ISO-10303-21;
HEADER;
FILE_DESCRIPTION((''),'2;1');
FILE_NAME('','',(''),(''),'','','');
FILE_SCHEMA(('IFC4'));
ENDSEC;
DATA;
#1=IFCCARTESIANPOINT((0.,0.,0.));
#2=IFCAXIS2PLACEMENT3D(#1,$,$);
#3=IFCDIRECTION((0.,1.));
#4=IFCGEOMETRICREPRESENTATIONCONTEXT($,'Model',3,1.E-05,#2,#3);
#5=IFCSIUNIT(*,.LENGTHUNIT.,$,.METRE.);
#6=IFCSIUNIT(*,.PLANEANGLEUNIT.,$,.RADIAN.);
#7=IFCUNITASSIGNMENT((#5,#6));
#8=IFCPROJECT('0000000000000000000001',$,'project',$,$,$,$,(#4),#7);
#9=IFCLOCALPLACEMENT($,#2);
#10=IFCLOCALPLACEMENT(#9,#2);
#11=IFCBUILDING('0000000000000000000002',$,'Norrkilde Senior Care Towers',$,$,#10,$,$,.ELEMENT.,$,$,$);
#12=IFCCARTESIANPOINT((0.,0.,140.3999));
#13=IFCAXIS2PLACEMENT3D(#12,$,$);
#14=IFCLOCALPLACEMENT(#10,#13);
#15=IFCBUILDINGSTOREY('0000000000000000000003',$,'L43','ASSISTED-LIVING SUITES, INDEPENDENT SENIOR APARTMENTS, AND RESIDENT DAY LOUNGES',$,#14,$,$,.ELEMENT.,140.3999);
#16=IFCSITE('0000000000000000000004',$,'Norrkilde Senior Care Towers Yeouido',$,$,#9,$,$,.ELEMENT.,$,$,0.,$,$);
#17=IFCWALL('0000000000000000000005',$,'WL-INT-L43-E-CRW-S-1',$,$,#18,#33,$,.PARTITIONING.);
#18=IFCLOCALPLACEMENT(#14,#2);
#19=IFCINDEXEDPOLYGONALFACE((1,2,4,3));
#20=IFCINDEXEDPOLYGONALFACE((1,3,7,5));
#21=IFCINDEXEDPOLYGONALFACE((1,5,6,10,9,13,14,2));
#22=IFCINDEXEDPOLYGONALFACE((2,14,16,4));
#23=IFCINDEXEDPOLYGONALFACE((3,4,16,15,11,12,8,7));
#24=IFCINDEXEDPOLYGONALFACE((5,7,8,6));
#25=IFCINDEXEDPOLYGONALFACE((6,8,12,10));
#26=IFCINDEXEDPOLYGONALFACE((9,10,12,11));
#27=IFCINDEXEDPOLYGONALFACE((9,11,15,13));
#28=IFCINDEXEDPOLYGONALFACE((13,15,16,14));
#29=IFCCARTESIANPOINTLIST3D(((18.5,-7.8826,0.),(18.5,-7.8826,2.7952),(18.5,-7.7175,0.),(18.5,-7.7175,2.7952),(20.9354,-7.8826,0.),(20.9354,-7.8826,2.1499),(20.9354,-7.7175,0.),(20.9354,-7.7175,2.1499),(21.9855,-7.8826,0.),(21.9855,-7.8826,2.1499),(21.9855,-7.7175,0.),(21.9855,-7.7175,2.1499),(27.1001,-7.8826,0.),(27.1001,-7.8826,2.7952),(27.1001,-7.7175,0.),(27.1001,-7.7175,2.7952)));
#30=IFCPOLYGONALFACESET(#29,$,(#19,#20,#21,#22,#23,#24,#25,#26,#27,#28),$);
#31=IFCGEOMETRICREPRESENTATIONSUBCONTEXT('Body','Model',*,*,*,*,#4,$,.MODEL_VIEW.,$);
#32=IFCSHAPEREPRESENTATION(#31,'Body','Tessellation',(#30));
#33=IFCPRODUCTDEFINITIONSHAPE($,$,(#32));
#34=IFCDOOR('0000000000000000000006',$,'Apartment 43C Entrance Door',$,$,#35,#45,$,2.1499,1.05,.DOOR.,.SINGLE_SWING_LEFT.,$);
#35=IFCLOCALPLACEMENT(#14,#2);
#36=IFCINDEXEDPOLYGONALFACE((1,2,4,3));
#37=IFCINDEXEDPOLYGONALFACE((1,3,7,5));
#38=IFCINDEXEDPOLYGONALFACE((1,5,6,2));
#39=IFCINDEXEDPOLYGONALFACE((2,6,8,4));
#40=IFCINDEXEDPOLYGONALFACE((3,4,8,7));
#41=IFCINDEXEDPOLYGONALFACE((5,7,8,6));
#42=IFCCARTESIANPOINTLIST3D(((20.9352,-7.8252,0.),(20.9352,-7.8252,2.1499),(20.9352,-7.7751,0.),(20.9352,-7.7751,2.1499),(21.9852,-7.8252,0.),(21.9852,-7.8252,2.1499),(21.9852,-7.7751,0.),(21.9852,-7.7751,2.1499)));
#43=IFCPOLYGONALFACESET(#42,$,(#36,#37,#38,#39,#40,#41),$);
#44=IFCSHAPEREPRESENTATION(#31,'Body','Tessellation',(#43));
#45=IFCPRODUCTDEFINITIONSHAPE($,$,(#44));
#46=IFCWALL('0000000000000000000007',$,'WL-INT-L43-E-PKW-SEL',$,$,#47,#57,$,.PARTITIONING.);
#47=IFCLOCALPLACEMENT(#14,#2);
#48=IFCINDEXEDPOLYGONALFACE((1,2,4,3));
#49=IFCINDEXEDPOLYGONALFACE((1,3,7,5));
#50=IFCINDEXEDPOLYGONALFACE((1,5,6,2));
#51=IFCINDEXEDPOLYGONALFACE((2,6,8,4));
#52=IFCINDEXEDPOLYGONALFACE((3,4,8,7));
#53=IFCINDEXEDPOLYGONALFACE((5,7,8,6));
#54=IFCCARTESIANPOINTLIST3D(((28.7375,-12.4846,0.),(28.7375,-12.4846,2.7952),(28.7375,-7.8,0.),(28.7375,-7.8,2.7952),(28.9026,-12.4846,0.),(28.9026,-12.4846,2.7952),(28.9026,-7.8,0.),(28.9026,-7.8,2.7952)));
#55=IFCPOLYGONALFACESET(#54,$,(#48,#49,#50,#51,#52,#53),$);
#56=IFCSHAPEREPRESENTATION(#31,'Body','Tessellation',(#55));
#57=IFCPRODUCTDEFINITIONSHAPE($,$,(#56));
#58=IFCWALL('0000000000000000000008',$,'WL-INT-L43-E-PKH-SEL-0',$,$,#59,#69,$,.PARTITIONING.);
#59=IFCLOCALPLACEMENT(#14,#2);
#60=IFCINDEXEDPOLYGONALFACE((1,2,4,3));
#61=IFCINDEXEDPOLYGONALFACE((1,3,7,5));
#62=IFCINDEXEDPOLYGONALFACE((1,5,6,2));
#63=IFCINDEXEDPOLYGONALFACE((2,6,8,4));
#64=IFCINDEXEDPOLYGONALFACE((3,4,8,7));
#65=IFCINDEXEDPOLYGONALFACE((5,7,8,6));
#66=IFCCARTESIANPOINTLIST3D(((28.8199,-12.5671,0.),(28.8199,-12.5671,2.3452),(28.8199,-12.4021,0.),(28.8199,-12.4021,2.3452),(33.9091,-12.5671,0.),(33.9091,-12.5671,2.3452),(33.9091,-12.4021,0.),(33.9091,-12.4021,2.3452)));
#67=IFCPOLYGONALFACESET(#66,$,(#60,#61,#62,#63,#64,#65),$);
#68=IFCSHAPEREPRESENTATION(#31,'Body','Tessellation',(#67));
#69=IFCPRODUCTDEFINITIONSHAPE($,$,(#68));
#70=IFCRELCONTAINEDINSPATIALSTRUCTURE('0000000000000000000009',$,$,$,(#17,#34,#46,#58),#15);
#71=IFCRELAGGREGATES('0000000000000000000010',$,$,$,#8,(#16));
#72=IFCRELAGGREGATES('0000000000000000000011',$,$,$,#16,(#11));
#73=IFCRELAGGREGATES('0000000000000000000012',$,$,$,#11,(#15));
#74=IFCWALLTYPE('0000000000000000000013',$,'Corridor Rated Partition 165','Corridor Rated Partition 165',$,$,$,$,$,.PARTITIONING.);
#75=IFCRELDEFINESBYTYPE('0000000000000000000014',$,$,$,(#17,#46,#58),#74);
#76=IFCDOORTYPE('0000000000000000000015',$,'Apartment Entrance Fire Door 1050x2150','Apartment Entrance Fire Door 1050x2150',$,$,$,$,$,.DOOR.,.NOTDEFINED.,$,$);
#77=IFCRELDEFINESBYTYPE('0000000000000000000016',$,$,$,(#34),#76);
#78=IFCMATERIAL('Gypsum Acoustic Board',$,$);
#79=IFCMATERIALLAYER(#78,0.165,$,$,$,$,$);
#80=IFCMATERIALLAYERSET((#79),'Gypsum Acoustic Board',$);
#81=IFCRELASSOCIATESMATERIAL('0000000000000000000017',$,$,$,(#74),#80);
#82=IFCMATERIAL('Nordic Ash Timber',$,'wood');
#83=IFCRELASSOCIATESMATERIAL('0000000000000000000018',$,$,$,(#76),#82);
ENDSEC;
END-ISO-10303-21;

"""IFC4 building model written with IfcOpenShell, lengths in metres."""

from ifc_helpers import new_model, si_unit, direction, frame, frame_2d, origin, place, context, subcontext, project, spatial, rectangle, extrude, source, transform, mapped, material, layer, layer_set, type_object, type_shapes, element, fill, save


model = new_model("IFC4")

# Units and contexts
model_context = context("Model", 3, precision=1e-05, world=origin(), true_north=direction((0.0, 1.0)))
body_context = subcontext(model_context, "Body", "Model", "MODEL_VIEW")
ifc_project = project(units=[si_unit("LENGTHUNIT", "METRE"), si_unit("PLANEANGLEUNIT", "RADIAN")], contexts=[model_context])

# Site, building, storey
site_placement = place(None, origin())
site = spatial("IfcSite", under=ifc_project, at=site_placement, Name="Norrkilde Senior Care Towers Yeouido", CompositionType="ELEMENT", RefElevation=0.0)
building_placement = place(site_placement, origin())
building = spatial("IfcBuilding", under=site, at=building_placement, Name="Norrkilde Senior Care Towers", CompositionType="ELEMENT")
storey_placement = place(building_placement, frame((0.0, 0.0, 140.3999)))
storey = spatial("IfcBuildingStorey", under=building, at=storey_placement, Name="L43", Description="ASSISTED-LIVING SUITES, INDEPENDENT SENIOR APARTMENTS, AND RESIDENT DAY LOUNGES", CompositionType="ELEMENT", Elevation=140.3999)

# Wall, opening, door
ifc_material_1 = material(Name="Gypsum Acoustic Board")
ifc_layer_1 = layer(ifc_material_1, 0.165)
ifc_layer_set_1 = layer_set([ifc_layer_1], Name="Gypsum Acoustic Board")
wall_type_1 = type_object("IfcWallType", Name="Corridor Rated Partition 165", Description="Corridor Rated Partition 165", PredefinedType="PARTITIONING", material=ifc_layer_set_1)
shared_shape_1 = source(origin(), body_context, "Body", "SweptSolid", [
    extrude(rectangle(XDim=8.6001, YDim=0.165, at=frame_2d((4.3, 0.0))), origin(), (0.0, 0.0, 1.0), 2.7952),
])
wall_1_placement = place(storey_placement, frame((27.1001, -7.8, 0.0), z_axis=(0.0, 0.0, 1.0), x_axis=(-1.0, 0.0, 0.0)))
wall_1 = element("IfcWall", 1, at=wall_1_placement, inside=storey, type_object=wall_type_1, Name="WL-INT-L43-E-CRW-S-1", PredefinedType="PARTITIONING", context=body_context, shape_type="MappedRepresentation", body=[
    mapped(shared_shape_1, transform((0.0, 0.0, 0.0), x_axis=(1.0, 0.0, 0.0), y_axis=(0.0, 1.0, 0.0), z_axis=(0.0, 0.0, 1.0), scale=1.0)),
])
opening_1_placement = place(wall_1_placement, frame((5.1147, 0.0, 0.0)))
opening_1 = element("IfcOpeningElement", 2, at=opening_1_placement, cuts=wall_1, PredefinedType="OPENING", context=body_context, shape_type="SweptSolid", body=[
    extrude(rectangle(XDim=1.05, YDim=2.1499, at=frame_2d((0.5249, 1.075))), frame((0.0, 0.0925, 0.0), z_axis=(0.0, -1.0, 0.0), x_axis=(1.0, 0.0, 0.0)), (0.0, 0.0, 1.0), 0.1851),
])
ifc_material_2 = material(Name="Nordic Ash Timber", Category="wood")
door_type_1 = type_object("IfcDoorType", Name="Apartment Entrance Fire Door 1050x2150", Description="Apartment Entrance Fire Door 1050x2150", OperationType="NOTDEFINED", PredefinedType="DOOR", material=ifc_material_2)
shared_shape_2 = source(origin(), body_context, "Body", "SweptSolid", [
    extrude(rectangle(XDim=1.05, YDim=2.1499, at=frame_2d((0.5249, 1.075))), frame((0.0, 0.0249, 0.0), z_axis=(0.0, -1.0, 0.0), x_axis=(1.0, 0.0, 0.0)), (0.0, 0.0, 1.0), 0.05),
])
type_shapes(door_type_1, [shared_shape_2])
door_1_placement = place(opening_1_placement, frame((1.05, 0.0, 0.0), z_axis=(0.0, 0.0, 1.0), x_axis=(-1.0, 0.0, 0.0)))
door_1 = element("IfcDoor", 3, at=door_1_placement, inside=storey, type_object=door_type_1, Name="Apartment 43C Entrance Door", OperationType="SINGLE_SWING_LEFT", OverallHeight=2.1499, OverallWidth=1.05, PredefinedType="DOOR", context=body_context, shape_type="MappedRepresentation", body=[
    mapped(shared_shape_2, transform((0.0, 0.0, 0.0), x_axis=(1.0, 0.0, 0.0), y_axis=(0.0, 1.0, 0.0), z_axis=(0.0, 0.0, 1.0), scale=1.0)),
])
fill(opening_1, door_1)
shared_shape_3 = source(origin(), body_context, "Body", "SweptSolid", [
    extrude(rectangle(XDim=4.6846, YDim=0.165, at=frame_2d((2.3423, 0.0))), origin(), (0.0, 0.0, 1.0), 2.7952),
])

# Walls
wall_2_placement = place(storey_placement, frame((28.8201, -12.4846, 0.0), z_axis=(0.0, 0.0, 1.0), x_axis=(0.0, 1.0, 0.0)))
element("IfcWall", 4, at=wall_2_placement, inside=storey, type_object=wall_type_1, Name="WL-INT-L43-E-PKW-SEL", PredefinedType="PARTITIONING", context=body_context, shape_type="MappedRepresentation", body=[
    mapped(shared_shape_3, transform((0.0, 0.0, 0.0), x_axis=(1.0, 0.0, 0.0), y_axis=(0.0, 1.0, 0.0), z_axis=(0.0, 0.0, 1.0), scale=1.0)),
])
shared_shape_4 = source(origin(), body_context, "Body", "SweptSolid", [
    extrude(rectangle(XDim=5.0891, YDim=0.165, at=frame_2d((2.5444, 0.0))), origin(), (0.0, 0.0, 1.0), 2.3452),
])
wall_3_placement = place(storey_placement, frame((28.8201, -12.4846, 0.0), z_axis=(0.0, 0.0, 1.0), x_axis=(1.0, 0.0, 0.0)))
element("IfcWall", 5, at=wall_3_placement, inside=storey, type_object=wall_type_1, Name="WL-INT-L43-E-PKH-SEL-0", PredefinedType="PARTITIONING", context=body_context, shape_type="MappedRepresentation", body=[
    mapped(shared_shape_4, transform((0.0, 0.0, 0.0), x_axis=(1.0, 0.0, 0.0), y_axis=(0.0, 1.0, 0.0), z_axis=(0.0, 0.0, 1.0), scale=1.0)),
])

save(model, "model.ifc")
